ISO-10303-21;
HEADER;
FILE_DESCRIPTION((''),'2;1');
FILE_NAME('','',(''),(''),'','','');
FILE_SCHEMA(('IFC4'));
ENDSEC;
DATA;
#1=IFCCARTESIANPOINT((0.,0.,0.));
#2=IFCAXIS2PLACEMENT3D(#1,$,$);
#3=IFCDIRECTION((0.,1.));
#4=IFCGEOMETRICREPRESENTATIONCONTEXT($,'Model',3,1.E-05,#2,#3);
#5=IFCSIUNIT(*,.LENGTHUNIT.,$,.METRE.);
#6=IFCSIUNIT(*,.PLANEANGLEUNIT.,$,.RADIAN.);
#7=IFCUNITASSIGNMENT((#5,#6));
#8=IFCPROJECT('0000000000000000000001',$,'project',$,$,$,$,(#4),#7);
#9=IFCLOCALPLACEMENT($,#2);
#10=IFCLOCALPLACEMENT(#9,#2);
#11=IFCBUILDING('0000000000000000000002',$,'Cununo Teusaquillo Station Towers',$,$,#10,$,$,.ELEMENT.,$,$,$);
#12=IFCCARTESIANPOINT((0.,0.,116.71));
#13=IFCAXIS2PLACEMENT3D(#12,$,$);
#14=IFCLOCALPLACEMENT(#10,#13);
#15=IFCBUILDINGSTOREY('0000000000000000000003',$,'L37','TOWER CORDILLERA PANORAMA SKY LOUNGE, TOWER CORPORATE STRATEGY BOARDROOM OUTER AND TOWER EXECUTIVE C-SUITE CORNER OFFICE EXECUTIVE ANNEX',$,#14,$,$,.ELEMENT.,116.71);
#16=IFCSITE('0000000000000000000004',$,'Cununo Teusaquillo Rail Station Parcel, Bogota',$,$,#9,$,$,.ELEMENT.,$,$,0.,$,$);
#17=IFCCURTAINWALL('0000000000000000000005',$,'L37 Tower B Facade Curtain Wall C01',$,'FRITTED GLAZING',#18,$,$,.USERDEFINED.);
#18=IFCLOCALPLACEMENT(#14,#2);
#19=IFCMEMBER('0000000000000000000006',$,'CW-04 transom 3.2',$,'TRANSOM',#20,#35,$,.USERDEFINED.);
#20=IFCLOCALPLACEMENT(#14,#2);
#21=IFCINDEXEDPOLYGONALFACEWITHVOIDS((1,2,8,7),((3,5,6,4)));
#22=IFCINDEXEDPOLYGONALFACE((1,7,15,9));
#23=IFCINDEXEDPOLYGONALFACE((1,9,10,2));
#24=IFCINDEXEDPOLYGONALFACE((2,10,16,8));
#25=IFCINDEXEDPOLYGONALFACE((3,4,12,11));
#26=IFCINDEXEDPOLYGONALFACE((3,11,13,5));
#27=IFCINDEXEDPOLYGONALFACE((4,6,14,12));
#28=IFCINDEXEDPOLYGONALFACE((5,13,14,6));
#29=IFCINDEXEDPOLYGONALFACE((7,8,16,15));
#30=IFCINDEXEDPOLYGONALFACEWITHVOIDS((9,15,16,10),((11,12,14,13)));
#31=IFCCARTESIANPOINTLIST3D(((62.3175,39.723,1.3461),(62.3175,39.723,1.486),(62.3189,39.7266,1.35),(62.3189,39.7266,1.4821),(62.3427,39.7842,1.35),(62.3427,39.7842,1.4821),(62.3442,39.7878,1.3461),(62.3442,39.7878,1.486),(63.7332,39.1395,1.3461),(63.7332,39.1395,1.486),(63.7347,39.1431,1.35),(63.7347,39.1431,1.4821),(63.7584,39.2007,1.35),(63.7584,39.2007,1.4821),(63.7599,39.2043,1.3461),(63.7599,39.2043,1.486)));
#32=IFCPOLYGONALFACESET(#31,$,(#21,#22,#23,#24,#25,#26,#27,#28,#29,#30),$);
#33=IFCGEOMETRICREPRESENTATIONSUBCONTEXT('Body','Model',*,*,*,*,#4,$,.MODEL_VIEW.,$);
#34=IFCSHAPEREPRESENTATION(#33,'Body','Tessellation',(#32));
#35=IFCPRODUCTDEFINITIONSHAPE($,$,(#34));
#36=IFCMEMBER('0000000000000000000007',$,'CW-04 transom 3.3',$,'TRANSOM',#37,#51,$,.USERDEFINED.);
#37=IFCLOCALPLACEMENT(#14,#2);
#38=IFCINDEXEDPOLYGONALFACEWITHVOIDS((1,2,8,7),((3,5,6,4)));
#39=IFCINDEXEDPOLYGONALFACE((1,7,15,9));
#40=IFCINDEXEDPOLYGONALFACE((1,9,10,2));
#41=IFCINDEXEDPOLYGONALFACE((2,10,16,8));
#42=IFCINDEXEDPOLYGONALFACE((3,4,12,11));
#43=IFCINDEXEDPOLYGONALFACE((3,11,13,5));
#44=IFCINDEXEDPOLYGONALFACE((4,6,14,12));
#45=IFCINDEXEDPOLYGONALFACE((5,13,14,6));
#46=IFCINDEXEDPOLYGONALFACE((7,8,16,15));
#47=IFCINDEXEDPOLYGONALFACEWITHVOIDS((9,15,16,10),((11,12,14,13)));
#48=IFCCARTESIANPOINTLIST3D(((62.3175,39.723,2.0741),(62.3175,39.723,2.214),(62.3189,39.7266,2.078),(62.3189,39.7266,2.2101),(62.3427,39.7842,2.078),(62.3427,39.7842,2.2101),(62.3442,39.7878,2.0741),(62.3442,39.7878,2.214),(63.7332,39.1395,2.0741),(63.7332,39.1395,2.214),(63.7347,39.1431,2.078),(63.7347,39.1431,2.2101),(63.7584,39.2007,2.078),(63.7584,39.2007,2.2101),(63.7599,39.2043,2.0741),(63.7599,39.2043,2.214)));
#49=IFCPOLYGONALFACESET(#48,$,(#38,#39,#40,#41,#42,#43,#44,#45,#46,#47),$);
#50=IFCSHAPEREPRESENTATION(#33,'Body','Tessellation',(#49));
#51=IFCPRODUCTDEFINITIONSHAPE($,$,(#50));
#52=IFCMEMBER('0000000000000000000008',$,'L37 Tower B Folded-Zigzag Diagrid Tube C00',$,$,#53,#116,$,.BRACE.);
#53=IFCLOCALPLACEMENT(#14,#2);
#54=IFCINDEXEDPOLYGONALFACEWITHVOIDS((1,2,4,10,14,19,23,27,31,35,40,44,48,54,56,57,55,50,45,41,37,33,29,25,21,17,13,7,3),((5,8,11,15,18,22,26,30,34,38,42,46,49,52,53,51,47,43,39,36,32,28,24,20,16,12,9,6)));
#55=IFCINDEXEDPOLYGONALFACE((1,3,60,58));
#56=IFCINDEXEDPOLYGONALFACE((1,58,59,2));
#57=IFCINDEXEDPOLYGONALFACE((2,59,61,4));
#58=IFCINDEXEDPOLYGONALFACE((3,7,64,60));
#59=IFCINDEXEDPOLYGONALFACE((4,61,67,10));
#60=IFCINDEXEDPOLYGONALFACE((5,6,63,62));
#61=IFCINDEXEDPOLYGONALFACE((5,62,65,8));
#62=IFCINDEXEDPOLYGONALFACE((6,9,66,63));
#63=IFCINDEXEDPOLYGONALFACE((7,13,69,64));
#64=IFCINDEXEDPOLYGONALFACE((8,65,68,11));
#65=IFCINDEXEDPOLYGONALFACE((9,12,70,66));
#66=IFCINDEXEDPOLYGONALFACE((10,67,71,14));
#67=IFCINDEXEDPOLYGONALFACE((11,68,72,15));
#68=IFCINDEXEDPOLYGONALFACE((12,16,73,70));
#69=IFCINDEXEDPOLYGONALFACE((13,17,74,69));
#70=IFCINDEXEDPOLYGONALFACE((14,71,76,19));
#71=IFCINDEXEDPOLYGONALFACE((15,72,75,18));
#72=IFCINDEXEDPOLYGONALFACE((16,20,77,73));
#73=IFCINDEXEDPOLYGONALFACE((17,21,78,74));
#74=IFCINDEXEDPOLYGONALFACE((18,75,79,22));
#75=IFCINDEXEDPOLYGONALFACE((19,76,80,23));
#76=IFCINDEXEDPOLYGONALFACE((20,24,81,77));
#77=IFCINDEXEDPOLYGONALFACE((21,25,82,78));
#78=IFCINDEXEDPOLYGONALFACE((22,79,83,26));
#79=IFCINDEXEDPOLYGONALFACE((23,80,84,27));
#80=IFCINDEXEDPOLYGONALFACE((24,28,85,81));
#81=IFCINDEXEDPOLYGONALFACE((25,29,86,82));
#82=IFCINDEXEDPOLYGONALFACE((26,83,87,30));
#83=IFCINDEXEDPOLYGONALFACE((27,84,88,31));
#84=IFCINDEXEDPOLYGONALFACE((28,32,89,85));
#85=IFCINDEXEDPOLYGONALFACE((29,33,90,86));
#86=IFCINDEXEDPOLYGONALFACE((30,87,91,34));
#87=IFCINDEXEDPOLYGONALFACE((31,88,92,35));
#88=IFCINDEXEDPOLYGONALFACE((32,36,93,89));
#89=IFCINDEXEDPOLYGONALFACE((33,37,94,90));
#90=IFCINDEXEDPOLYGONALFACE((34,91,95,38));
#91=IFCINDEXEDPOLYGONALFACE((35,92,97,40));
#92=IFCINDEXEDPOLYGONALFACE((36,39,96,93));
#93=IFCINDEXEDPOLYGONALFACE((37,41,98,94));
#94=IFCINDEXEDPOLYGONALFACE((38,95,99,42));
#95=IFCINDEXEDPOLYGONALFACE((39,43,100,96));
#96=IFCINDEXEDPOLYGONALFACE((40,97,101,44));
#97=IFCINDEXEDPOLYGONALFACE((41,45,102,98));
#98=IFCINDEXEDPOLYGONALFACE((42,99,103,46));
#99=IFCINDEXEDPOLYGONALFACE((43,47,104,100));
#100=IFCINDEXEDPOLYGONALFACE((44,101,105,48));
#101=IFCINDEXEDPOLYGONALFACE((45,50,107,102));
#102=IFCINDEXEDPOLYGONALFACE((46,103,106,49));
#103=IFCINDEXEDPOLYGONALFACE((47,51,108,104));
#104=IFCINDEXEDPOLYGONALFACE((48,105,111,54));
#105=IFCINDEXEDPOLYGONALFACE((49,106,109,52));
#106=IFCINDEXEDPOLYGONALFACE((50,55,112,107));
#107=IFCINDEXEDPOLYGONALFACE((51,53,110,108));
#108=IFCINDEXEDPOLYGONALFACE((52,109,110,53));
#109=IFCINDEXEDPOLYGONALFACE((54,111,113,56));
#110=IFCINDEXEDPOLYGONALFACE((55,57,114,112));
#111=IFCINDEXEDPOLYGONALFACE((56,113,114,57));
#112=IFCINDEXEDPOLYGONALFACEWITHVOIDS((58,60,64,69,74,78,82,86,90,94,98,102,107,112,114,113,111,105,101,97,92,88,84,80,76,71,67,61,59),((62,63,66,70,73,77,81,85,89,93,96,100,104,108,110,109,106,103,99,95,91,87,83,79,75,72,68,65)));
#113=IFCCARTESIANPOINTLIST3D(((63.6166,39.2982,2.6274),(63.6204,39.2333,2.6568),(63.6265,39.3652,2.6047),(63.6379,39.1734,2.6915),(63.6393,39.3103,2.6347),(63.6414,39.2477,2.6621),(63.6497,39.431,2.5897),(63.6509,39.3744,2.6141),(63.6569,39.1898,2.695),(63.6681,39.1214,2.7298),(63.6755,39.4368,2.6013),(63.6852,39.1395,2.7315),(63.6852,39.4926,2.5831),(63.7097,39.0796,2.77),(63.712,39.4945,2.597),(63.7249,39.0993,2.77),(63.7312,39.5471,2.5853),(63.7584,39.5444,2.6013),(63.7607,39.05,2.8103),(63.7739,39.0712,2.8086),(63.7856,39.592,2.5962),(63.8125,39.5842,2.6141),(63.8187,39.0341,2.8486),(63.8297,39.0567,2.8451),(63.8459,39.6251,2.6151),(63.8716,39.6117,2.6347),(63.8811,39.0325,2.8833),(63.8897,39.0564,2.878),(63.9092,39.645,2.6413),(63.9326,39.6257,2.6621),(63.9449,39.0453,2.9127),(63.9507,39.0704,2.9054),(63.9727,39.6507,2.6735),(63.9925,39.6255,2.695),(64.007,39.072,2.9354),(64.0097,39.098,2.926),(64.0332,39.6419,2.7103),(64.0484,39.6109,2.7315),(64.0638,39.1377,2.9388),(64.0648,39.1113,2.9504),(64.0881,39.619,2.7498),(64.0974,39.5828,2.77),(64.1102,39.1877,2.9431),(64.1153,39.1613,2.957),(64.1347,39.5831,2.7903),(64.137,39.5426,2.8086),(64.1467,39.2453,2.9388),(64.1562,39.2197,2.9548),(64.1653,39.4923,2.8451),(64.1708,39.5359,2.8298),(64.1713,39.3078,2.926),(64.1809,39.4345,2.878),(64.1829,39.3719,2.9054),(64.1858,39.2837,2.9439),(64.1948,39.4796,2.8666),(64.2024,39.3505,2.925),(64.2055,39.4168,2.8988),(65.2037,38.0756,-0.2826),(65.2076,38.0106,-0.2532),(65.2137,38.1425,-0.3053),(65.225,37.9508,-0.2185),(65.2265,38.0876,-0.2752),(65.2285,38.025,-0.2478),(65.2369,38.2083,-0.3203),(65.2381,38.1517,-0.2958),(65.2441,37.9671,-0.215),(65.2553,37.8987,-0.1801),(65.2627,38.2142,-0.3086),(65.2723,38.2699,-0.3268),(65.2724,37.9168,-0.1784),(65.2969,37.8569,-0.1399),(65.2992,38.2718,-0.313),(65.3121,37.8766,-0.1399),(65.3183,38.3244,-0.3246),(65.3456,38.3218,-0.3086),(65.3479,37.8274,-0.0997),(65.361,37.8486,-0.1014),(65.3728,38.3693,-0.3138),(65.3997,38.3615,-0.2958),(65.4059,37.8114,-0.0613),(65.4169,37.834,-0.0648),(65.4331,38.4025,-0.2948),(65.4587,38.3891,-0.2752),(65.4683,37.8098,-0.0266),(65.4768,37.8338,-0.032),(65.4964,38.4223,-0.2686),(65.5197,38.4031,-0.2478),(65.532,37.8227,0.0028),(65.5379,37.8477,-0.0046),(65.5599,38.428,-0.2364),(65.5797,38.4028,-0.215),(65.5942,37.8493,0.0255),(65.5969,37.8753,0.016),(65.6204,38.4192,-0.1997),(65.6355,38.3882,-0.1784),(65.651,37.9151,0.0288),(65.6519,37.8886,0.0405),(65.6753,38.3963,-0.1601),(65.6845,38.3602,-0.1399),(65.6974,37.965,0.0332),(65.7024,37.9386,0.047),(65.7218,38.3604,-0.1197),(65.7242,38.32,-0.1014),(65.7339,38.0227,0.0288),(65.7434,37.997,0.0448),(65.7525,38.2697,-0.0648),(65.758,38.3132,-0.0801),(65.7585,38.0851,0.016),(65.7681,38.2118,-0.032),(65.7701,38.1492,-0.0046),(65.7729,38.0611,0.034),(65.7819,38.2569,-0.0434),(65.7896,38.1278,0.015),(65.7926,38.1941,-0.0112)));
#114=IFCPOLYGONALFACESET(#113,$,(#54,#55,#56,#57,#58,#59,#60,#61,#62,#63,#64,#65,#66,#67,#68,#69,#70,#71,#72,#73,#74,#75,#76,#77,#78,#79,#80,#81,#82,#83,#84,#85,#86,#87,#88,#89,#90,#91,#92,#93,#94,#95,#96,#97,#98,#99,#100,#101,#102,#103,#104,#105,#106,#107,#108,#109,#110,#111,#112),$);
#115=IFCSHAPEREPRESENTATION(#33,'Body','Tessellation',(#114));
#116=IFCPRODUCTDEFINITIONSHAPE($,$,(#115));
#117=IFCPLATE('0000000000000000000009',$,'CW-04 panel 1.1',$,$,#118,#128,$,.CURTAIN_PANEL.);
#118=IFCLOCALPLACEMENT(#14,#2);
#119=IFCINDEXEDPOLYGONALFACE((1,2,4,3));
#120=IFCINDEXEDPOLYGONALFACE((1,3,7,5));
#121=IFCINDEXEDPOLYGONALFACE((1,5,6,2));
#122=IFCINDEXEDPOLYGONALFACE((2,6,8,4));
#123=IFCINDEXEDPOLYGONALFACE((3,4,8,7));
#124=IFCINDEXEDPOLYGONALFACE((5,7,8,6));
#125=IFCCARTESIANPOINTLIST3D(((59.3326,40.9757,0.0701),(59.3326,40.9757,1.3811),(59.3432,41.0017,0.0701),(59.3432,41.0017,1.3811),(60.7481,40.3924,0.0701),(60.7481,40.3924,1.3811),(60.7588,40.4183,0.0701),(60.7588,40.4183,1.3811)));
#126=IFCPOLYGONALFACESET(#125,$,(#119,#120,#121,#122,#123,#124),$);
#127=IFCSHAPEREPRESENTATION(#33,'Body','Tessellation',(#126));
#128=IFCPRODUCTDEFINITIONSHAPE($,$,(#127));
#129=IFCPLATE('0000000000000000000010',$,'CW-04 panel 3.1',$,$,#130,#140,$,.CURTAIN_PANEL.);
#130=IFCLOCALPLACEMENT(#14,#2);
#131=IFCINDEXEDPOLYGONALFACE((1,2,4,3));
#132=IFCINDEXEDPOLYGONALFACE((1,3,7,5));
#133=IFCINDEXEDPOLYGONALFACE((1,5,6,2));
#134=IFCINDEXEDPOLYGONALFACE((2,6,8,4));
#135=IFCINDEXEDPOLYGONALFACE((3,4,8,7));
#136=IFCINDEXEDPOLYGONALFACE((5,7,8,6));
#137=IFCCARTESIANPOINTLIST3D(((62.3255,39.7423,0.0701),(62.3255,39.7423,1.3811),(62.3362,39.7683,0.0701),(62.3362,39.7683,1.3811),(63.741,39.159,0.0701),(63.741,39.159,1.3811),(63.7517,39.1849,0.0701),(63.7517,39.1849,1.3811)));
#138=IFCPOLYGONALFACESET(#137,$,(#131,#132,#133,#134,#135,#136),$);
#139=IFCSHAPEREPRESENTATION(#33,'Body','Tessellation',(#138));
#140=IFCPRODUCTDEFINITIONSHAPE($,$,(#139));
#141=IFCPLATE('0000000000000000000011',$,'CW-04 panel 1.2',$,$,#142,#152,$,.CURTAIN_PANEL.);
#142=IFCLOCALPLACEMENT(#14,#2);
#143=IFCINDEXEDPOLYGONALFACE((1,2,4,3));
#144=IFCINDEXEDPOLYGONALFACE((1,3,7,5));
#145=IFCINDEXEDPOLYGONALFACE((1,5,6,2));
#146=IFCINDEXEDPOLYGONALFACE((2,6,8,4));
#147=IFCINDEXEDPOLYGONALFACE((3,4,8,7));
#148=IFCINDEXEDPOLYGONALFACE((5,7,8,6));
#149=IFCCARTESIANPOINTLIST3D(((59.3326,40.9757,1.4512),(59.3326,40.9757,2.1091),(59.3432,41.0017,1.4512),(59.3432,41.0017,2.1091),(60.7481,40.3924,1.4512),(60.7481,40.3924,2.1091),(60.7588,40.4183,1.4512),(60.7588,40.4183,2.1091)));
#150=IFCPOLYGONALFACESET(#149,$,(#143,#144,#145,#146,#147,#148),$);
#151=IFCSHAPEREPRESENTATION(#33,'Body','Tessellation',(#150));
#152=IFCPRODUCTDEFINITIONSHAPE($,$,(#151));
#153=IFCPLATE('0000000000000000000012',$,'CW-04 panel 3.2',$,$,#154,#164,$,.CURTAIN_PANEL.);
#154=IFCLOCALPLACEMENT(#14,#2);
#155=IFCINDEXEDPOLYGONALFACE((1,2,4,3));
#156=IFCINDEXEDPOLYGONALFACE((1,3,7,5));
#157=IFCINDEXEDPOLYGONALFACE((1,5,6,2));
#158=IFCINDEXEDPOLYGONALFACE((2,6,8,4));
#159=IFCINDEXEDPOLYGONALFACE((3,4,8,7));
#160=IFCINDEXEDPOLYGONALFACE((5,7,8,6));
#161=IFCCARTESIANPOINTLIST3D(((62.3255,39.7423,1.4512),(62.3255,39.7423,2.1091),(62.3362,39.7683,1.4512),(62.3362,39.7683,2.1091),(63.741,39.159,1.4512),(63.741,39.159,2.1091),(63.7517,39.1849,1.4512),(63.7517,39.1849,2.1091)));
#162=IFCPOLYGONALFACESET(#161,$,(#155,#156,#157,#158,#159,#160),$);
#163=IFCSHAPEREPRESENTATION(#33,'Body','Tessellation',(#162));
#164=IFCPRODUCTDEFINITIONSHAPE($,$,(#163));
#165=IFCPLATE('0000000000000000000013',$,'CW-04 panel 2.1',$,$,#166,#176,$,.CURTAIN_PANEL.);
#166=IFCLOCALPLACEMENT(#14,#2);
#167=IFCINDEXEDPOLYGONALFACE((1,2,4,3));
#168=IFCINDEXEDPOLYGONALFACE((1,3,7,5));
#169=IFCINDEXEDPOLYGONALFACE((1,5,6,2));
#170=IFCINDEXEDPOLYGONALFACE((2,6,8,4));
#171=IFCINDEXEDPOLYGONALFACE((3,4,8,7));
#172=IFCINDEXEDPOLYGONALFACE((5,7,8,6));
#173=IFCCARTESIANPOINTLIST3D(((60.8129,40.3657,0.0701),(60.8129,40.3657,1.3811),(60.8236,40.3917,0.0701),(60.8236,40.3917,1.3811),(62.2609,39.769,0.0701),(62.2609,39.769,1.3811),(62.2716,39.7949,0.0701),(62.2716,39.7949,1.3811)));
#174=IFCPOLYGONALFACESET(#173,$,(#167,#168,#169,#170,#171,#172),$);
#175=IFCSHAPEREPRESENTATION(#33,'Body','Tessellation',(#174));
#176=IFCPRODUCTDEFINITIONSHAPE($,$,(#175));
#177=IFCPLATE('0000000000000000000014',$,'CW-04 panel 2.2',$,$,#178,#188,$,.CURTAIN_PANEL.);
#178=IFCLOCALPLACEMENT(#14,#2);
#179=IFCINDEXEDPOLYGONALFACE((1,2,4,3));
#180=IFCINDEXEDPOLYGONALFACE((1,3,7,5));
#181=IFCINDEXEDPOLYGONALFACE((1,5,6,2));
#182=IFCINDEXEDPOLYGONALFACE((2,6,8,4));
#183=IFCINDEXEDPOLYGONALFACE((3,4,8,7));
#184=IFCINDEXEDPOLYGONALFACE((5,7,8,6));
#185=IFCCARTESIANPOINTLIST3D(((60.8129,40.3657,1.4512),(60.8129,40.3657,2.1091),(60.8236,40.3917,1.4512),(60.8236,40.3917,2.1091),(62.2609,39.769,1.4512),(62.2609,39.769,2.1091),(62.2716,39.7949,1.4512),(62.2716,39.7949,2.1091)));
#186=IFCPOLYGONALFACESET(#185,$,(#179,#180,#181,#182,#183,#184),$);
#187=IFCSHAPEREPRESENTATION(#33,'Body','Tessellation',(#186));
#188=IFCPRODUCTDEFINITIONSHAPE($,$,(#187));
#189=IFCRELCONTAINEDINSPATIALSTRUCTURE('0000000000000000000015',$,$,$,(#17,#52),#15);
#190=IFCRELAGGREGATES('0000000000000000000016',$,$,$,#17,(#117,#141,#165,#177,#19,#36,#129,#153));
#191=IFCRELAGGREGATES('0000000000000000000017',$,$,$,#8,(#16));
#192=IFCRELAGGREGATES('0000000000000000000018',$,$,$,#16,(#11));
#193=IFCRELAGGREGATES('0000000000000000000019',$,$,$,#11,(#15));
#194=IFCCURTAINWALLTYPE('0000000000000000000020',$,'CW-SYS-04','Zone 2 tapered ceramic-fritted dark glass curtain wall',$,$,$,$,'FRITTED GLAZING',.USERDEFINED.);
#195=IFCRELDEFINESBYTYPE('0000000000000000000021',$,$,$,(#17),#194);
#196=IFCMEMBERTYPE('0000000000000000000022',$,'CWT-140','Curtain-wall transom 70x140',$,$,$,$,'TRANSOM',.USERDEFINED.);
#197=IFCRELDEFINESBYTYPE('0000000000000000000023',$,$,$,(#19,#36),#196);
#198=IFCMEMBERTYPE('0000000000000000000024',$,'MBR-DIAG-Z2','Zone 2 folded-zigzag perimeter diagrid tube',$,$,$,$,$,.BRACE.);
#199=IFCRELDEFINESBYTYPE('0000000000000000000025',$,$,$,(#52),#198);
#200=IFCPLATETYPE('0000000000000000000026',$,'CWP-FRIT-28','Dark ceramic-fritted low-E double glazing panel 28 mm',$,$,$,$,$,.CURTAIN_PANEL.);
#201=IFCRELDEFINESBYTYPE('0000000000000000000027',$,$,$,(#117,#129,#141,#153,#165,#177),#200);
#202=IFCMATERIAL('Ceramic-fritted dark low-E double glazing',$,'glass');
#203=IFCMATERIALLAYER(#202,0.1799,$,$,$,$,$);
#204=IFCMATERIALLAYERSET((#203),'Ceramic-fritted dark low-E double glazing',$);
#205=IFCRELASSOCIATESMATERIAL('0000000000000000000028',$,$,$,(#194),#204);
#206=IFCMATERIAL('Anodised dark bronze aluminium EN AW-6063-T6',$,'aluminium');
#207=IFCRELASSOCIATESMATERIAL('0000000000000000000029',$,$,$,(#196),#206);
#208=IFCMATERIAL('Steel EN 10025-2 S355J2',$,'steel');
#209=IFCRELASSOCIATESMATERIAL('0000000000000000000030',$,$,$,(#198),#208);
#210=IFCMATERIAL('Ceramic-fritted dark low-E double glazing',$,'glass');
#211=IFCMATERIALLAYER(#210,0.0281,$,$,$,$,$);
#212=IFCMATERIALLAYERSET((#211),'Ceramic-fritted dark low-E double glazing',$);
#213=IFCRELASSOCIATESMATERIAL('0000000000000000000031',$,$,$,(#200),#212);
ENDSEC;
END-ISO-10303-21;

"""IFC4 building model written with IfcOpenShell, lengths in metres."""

from ifc_helpers import new_model, si_unit, direction, frame, origin, origin_2d, place, context, subcontext, project, spatial, rectangle, hollow_rectangle, hollow_circle, extrude, source, transform, mapped, material, layer, layer_set, material_profile, profile_set, type_object, element, aggregate, save


model = new_model("IFC4")

# Units and contexts
model_context = context("Model", 3, precision=1e-05, world=origin(), true_north=direction((0.0, 1.0)))
body_context = subcontext(model_context, "Body", "Model", "MODEL_VIEW")
ifc_project = project(units=[si_unit("LENGTHUNIT", "METRE"), si_unit("PLANEANGLEUNIT", "RADIAN")], contexts=[model_context])

# Site, building, storey
site_placement = place(None, origin())
site = spatial("IfcSite", under=ifc_project, at=site_placement, Name="Cununo Teusaquillo Rail Station Parcel, Bogota", CompositionType="ELEMENT", RefElevation=0.0)
building_placement = place(site_placement, origin())
building = spatial("IfcBuilding", under=site, at=building_placement, Name="Cununo Teusaquillo Station Towers", CompositionType="ELEMENT")
storey_placement = place(building_placement, frame((0.0, 0.0, 116.71)))
storey = spatial("IfcBuildingStorey", under=building, at=storey_placement, Name="L37", Description="TOWER CORDILLERA PANORAMA SKY LOUNGE, TOWER CORPORATE STRATEGY BOARDROOM OUTER AND TOWER EXECUTIVE C-SUITE CORNER OFFICE EXECUTIVE ANNEX", CompositionType="ELEMENT", Elevation=116.71)

# Curtain wall, members
ifc_material_1 = material(Name="Ceramic-fritted dark low-E double glazing", Category="glass")
ifc_layer_1 = layer(ifc_material_1, 0.1799)
ifc_layer_set_1 = layer_set([ifc_layer_1], Name="Ceramic-fritted dark low-E double glazing")
curtain_wall_type = type_object("IfcCurtainWallType", Name="CW-SYS-04", Description="Zone 2 tapered ceramic-fritted dark glass curtain wall", ElementType="FRITTED GLAZING", PredefinedType="USERDEFINED", material=ifc_layer_set_1)
curtain_wall_placement = place(storey_placement, origin())
curtain_wall = element("IfcCurtainWall", 1, at=curtain_wall_placement, inside=storey, type_object=curtain_wall_type, Name="L37 Tower B Facade Curtain Wall C01", ObjectType="FRITTED GLAZING", PredefinedType="USERDEFINED")
ifc_material_2 = material(Name="Anodised dark bronze aluminium EN AW-6063-T6", Category="aluminium")
ifc_material_profile_1 = material_profile(ifc_material_2, hollow_rectangle(XDim=0.0701, YDim=0.1399, WallThickness=0.0039, at=origin_2d()), Name="CW-TRAN-70x140")
ifc_profile_set_1 = profile_set([ifc_material_profile_1], Name="Anodised dark bronze aluminium EN AW-6063-T6")
member_type_1 = type_object("IfcMemberType", Name="CWT-140", Description="Curtain-wall transom 70x140", ElementType="TRANSOM", PredefinedType="USERDEFINED", material=ifc_profile_set_1)
member_1_placement = place(storey_placement, frame((62.3308, 39.7554, 1.416), z_axis=(0.924556, -0.381046, 0.0), x_axis=(0.381046, 0.924556, 0.0)))
member_1 = element("IfcMember", 2, at=member_1_placement, type_object=member_type_1, Name="CW-04 transom 3.2", ObjectType="TRANSOM", PredefinedType="USERDEFINED", context=body_context, shape_type="SweptSolid", body=[
    extrude(hollow_rectangle(XDim=0.0701, YDim=0.1399, WallThickness=0.0039, at=origin_2d()), origin(), (0.0, 0.0, 1.0), 1.5312),
])
member_2_placement = place(storey_placement, frame((62.3308, 39.7554, 2.144), z_axis=(0.924556, -0.381046, 0.0), x_axis=(0.381046, 0.924556, 0.0)))
member_2 = element("IfcMember", 3, at=member_2_placement, type_object=member_type_1, Name="CW-04 transom 3.3", ObjectType="TRANSOM", PredefinedType="USERDEFINED", context=body_context, shape_type="SweptSolid", body=[
    extrude(hollow_rectangle(XDim=0.0701, YDim=0.1399, WallThickness=0.0039, at=origin_2d()), origin(), (0.0, 0.0, 1.0), 1.5312),
])

# Member
ifc_material_3 = material(Name="Steel EN 10025-2 S355J2", Category="steel")
ifc_material_profile_2 = material_profile(ifc_material_3, hollow_circle(Radius=0.3301, WallThickness=0.0249, at=origin_2d()), Name="CHS 660x25")
ifc_profile_set_2 = profile_set([ifc_material_profile_2], Name="Steel EN 10025-2 S355J2")
member_type_2 = type_object("IfcMemberType", Name="MBR-DIAG-Z2", Description="Zone 2 folded-zigzag perimeter diagrid tube", PredefinedType="BRACE", material=ifc_profile_set_2)
member_3_placement = place(storey_placement, frame((65.4983, 38.1184, -0.1399), z_axis=(-0.449248, 0.346075, 0.823656), x_axis=(-0.610264, -0.792198, 0.0)))
element("IfcMember", 4, at=member_3_placement, inside=storey, type_object=member_type_2, Name="L37 Tower B Folded-Zigzag Diagrid Tube C00", PredefinedType="BRACE", context=body_context, shape_type="SweptSolid", body=[
    extrude(hollow_circle(Radius=0.3301, WallThickness=0.0249, at=origin_2d()), origin(), (0.0, 0.0, 1.0), 3.533),
])

# Plates
ifc_material_4 = material(Name="Ceramic-fritted dark low-E double glazing", Category="glass")
ifc_layer_2 = layer(ifc_material_4, 0.0281)
ifc_layer_set_2 = layer_set([ifc_layer_2], Name="Ceramic-fritted dark low-E double glazing")
plate_type = type_object("IfcPlateType", Name="CWP-FRIT-28", Description="Dark ceramic-fritted low-E double glazing panel 28 mm", PredefinedType="CURTAIN_PANEL", material=ifc_layer_set_2)
shared_shape_1 = source(origin(), body_context, "Body", "SweptSolid", [
    extrude(rectangle(XDim=1.531, YDim=0.0281, at=origin_2d()), origin(), (0.0, 0.0, 1.0), 1.311),
])
plate_1_placement = place(storey_placement, frame((60.0457, 40.697, 0.0701), z_axis=(0.0, 0.0, 1.0), x_axis=(0.924562, -0.381031, 0.0)))
plate_1 = element("IfcPlate", 5, at=plate_1_placement, type_object=plate_type, Name="CW-04 panel 1.1", PredefinedType="CURTAIN_PANEL", context=body_context, shape_type="MappedRepresentation", body=[
    mapped(shared_shape_1, transform((0.0, 0.0, 0.0), x_axis=(1.0, 0.0, 0.0), y_axis=(0.0, 1.0, 0.0), z_axis=(0.0, 0.0, 1.0), scale=1.0)),
])
plate_2_placement = place(storey_placement, frame((63.0386, 39.4636, 0.0701), z_axis=(0.0, 0.0, 1.0), x_axis=(0.924562, -0.381031, 0.0)))
plate_2 = element("IfcPlate", 6, at=plate_2_placement, type_object=plate_type, Name="CW-04 panel 3.1", PredefinedType="CURTAIN_PANEL", context=body_context, shape_type="MappedRepresentation", body=[
    mapped(shared_shape_1, transform((0.0, 0.0, 0.0), x_axis=(1.0, 0.0, 0.0), y_axis=(0.0, 1.0, 0.0), z_axis=(0.0, 0.0, 1.0), scale=1.0)),
])
shared_shape_2 = source(origin(), body_context, "Body", "SweptSolid", [
    extrude(rectangle(XDim=1.531, YDim=0.0281, at=origin_2d()), origin(), (0.0, 0.0, 1.0), 0.658),
])
plate_3_placement = place(storey_placement, frame((60.0457, 40.697, 1.4512), z_axis=(0.0, 0.0, 1.0), x_axis=(0.924562, -0.381031, 0.0)))
plate_3 = element("IfcPlate", 7, at=plate_3_placement, type_object=plate_type, Name="CW-04 panel 1.2", PredefinedType="CURTAIN_PANEL", context=body_context, shape_type="MappedRepresentation", body=[
    mapped(shared_shape_2, transform((0.0, 0.0, 0.0), x_axis=(1.0, 0.0, 0.0), y_axis=(0.0, 1.0, 0.0), z_axis=(0.0, 0.0, 1.0), scale=1.0)),
])
plate_4_placement = place(storey_placement, frame((63.0386, 39.4636, 1.4512), z_axis=(0.0, 0.0, 1.0), x_axis=(0.924562, -0.381031, 0.0)))
plate_4 = element("IfcPlate", 8, at=plate_4_placement, type_object=plate_type, Name="CW-04 panel 3.2", PredefinedType="CURTAIN_PANEL", context=body_context, shape_type="MappedRepresentation", body=[
    mapped(shared_shape_2, transform((0.0, 0.0, 0.0), x_axis=(1.0, 0.0, 0.0), y_axis=(0.0, 1.0, 0.0), z_axis=(0.0, 0.0, 1.0), scale=1.0)),
])
shared_shape_3 = source(origin(), body_context, "Body", "SweptSolid", [
    extrude(rectangle(XDim=1.5662, YDim=0.0281, at=origin_2d()), origin(), (0.0, 0.0, 1.0), 1.311),
])
plate_5_placement = place(storey_placement, frame((61.5422, 40.0803, 0.0701), z_axis=(0.0, 0.0, 1.0), x_axis=(0.924562, -0.381031, 0.0)))
plate_5 = element("IfcPlate", 9, at=plate_5_placement, type_object=plate_type, Name="CW-04 panel 2.1", PredefinedType="CURTAIN_PANEL", context=body_context, shape_type="MappedRepresentation", body=[
    mapped(shared_shape_3, transform((0.0, 0.0, 0.0), x_axis=(1.0, 0.0, 0.0), y_axis=(0.0, 1.0, 0.0), z_axis=(0.0, 0.0, 1.0), scale=1.0)),
])
shared_shape_4 = source(origin(), body_context, "Body", "SweptSolid", [
    extrude(rectangle(XDim=1.5662, YDim=0.0281, at=origin_2d()), origin(), (0.0, 0.0, 1.0), 0.658),
])
plate_6_placement = place(storey_placement, frame((61.5422, 40.0803, 1.4512), z_axis=(0.0, 0.0, 1.0), x_axis=(0.924562, -0.381031, 0.0)))
plate_6 = element("IfcPlate", 10, at=plate_6_placement, type_object=plate_type, Name="CW-04 panel 2.2", PredefinedType="CURTAIN_PANEL", context=body_context, shape_type="MappedRepresentation", body=[
    mapped(shared_shape_4, transform((0.0, 0.0, 0.0), x_axis=(1.0, 0.0, 0.0), y_axis=(0.0, 1.0, 0.0), z_axis=(0.0, 0.0, 1.0), scale=1.0)),
])
aggregate(curtain_wall, [plate_1, plate_3, plate_5, plate_6, member_1, member_2, plate_2, plate_4])

save(model, "model.ifc")
